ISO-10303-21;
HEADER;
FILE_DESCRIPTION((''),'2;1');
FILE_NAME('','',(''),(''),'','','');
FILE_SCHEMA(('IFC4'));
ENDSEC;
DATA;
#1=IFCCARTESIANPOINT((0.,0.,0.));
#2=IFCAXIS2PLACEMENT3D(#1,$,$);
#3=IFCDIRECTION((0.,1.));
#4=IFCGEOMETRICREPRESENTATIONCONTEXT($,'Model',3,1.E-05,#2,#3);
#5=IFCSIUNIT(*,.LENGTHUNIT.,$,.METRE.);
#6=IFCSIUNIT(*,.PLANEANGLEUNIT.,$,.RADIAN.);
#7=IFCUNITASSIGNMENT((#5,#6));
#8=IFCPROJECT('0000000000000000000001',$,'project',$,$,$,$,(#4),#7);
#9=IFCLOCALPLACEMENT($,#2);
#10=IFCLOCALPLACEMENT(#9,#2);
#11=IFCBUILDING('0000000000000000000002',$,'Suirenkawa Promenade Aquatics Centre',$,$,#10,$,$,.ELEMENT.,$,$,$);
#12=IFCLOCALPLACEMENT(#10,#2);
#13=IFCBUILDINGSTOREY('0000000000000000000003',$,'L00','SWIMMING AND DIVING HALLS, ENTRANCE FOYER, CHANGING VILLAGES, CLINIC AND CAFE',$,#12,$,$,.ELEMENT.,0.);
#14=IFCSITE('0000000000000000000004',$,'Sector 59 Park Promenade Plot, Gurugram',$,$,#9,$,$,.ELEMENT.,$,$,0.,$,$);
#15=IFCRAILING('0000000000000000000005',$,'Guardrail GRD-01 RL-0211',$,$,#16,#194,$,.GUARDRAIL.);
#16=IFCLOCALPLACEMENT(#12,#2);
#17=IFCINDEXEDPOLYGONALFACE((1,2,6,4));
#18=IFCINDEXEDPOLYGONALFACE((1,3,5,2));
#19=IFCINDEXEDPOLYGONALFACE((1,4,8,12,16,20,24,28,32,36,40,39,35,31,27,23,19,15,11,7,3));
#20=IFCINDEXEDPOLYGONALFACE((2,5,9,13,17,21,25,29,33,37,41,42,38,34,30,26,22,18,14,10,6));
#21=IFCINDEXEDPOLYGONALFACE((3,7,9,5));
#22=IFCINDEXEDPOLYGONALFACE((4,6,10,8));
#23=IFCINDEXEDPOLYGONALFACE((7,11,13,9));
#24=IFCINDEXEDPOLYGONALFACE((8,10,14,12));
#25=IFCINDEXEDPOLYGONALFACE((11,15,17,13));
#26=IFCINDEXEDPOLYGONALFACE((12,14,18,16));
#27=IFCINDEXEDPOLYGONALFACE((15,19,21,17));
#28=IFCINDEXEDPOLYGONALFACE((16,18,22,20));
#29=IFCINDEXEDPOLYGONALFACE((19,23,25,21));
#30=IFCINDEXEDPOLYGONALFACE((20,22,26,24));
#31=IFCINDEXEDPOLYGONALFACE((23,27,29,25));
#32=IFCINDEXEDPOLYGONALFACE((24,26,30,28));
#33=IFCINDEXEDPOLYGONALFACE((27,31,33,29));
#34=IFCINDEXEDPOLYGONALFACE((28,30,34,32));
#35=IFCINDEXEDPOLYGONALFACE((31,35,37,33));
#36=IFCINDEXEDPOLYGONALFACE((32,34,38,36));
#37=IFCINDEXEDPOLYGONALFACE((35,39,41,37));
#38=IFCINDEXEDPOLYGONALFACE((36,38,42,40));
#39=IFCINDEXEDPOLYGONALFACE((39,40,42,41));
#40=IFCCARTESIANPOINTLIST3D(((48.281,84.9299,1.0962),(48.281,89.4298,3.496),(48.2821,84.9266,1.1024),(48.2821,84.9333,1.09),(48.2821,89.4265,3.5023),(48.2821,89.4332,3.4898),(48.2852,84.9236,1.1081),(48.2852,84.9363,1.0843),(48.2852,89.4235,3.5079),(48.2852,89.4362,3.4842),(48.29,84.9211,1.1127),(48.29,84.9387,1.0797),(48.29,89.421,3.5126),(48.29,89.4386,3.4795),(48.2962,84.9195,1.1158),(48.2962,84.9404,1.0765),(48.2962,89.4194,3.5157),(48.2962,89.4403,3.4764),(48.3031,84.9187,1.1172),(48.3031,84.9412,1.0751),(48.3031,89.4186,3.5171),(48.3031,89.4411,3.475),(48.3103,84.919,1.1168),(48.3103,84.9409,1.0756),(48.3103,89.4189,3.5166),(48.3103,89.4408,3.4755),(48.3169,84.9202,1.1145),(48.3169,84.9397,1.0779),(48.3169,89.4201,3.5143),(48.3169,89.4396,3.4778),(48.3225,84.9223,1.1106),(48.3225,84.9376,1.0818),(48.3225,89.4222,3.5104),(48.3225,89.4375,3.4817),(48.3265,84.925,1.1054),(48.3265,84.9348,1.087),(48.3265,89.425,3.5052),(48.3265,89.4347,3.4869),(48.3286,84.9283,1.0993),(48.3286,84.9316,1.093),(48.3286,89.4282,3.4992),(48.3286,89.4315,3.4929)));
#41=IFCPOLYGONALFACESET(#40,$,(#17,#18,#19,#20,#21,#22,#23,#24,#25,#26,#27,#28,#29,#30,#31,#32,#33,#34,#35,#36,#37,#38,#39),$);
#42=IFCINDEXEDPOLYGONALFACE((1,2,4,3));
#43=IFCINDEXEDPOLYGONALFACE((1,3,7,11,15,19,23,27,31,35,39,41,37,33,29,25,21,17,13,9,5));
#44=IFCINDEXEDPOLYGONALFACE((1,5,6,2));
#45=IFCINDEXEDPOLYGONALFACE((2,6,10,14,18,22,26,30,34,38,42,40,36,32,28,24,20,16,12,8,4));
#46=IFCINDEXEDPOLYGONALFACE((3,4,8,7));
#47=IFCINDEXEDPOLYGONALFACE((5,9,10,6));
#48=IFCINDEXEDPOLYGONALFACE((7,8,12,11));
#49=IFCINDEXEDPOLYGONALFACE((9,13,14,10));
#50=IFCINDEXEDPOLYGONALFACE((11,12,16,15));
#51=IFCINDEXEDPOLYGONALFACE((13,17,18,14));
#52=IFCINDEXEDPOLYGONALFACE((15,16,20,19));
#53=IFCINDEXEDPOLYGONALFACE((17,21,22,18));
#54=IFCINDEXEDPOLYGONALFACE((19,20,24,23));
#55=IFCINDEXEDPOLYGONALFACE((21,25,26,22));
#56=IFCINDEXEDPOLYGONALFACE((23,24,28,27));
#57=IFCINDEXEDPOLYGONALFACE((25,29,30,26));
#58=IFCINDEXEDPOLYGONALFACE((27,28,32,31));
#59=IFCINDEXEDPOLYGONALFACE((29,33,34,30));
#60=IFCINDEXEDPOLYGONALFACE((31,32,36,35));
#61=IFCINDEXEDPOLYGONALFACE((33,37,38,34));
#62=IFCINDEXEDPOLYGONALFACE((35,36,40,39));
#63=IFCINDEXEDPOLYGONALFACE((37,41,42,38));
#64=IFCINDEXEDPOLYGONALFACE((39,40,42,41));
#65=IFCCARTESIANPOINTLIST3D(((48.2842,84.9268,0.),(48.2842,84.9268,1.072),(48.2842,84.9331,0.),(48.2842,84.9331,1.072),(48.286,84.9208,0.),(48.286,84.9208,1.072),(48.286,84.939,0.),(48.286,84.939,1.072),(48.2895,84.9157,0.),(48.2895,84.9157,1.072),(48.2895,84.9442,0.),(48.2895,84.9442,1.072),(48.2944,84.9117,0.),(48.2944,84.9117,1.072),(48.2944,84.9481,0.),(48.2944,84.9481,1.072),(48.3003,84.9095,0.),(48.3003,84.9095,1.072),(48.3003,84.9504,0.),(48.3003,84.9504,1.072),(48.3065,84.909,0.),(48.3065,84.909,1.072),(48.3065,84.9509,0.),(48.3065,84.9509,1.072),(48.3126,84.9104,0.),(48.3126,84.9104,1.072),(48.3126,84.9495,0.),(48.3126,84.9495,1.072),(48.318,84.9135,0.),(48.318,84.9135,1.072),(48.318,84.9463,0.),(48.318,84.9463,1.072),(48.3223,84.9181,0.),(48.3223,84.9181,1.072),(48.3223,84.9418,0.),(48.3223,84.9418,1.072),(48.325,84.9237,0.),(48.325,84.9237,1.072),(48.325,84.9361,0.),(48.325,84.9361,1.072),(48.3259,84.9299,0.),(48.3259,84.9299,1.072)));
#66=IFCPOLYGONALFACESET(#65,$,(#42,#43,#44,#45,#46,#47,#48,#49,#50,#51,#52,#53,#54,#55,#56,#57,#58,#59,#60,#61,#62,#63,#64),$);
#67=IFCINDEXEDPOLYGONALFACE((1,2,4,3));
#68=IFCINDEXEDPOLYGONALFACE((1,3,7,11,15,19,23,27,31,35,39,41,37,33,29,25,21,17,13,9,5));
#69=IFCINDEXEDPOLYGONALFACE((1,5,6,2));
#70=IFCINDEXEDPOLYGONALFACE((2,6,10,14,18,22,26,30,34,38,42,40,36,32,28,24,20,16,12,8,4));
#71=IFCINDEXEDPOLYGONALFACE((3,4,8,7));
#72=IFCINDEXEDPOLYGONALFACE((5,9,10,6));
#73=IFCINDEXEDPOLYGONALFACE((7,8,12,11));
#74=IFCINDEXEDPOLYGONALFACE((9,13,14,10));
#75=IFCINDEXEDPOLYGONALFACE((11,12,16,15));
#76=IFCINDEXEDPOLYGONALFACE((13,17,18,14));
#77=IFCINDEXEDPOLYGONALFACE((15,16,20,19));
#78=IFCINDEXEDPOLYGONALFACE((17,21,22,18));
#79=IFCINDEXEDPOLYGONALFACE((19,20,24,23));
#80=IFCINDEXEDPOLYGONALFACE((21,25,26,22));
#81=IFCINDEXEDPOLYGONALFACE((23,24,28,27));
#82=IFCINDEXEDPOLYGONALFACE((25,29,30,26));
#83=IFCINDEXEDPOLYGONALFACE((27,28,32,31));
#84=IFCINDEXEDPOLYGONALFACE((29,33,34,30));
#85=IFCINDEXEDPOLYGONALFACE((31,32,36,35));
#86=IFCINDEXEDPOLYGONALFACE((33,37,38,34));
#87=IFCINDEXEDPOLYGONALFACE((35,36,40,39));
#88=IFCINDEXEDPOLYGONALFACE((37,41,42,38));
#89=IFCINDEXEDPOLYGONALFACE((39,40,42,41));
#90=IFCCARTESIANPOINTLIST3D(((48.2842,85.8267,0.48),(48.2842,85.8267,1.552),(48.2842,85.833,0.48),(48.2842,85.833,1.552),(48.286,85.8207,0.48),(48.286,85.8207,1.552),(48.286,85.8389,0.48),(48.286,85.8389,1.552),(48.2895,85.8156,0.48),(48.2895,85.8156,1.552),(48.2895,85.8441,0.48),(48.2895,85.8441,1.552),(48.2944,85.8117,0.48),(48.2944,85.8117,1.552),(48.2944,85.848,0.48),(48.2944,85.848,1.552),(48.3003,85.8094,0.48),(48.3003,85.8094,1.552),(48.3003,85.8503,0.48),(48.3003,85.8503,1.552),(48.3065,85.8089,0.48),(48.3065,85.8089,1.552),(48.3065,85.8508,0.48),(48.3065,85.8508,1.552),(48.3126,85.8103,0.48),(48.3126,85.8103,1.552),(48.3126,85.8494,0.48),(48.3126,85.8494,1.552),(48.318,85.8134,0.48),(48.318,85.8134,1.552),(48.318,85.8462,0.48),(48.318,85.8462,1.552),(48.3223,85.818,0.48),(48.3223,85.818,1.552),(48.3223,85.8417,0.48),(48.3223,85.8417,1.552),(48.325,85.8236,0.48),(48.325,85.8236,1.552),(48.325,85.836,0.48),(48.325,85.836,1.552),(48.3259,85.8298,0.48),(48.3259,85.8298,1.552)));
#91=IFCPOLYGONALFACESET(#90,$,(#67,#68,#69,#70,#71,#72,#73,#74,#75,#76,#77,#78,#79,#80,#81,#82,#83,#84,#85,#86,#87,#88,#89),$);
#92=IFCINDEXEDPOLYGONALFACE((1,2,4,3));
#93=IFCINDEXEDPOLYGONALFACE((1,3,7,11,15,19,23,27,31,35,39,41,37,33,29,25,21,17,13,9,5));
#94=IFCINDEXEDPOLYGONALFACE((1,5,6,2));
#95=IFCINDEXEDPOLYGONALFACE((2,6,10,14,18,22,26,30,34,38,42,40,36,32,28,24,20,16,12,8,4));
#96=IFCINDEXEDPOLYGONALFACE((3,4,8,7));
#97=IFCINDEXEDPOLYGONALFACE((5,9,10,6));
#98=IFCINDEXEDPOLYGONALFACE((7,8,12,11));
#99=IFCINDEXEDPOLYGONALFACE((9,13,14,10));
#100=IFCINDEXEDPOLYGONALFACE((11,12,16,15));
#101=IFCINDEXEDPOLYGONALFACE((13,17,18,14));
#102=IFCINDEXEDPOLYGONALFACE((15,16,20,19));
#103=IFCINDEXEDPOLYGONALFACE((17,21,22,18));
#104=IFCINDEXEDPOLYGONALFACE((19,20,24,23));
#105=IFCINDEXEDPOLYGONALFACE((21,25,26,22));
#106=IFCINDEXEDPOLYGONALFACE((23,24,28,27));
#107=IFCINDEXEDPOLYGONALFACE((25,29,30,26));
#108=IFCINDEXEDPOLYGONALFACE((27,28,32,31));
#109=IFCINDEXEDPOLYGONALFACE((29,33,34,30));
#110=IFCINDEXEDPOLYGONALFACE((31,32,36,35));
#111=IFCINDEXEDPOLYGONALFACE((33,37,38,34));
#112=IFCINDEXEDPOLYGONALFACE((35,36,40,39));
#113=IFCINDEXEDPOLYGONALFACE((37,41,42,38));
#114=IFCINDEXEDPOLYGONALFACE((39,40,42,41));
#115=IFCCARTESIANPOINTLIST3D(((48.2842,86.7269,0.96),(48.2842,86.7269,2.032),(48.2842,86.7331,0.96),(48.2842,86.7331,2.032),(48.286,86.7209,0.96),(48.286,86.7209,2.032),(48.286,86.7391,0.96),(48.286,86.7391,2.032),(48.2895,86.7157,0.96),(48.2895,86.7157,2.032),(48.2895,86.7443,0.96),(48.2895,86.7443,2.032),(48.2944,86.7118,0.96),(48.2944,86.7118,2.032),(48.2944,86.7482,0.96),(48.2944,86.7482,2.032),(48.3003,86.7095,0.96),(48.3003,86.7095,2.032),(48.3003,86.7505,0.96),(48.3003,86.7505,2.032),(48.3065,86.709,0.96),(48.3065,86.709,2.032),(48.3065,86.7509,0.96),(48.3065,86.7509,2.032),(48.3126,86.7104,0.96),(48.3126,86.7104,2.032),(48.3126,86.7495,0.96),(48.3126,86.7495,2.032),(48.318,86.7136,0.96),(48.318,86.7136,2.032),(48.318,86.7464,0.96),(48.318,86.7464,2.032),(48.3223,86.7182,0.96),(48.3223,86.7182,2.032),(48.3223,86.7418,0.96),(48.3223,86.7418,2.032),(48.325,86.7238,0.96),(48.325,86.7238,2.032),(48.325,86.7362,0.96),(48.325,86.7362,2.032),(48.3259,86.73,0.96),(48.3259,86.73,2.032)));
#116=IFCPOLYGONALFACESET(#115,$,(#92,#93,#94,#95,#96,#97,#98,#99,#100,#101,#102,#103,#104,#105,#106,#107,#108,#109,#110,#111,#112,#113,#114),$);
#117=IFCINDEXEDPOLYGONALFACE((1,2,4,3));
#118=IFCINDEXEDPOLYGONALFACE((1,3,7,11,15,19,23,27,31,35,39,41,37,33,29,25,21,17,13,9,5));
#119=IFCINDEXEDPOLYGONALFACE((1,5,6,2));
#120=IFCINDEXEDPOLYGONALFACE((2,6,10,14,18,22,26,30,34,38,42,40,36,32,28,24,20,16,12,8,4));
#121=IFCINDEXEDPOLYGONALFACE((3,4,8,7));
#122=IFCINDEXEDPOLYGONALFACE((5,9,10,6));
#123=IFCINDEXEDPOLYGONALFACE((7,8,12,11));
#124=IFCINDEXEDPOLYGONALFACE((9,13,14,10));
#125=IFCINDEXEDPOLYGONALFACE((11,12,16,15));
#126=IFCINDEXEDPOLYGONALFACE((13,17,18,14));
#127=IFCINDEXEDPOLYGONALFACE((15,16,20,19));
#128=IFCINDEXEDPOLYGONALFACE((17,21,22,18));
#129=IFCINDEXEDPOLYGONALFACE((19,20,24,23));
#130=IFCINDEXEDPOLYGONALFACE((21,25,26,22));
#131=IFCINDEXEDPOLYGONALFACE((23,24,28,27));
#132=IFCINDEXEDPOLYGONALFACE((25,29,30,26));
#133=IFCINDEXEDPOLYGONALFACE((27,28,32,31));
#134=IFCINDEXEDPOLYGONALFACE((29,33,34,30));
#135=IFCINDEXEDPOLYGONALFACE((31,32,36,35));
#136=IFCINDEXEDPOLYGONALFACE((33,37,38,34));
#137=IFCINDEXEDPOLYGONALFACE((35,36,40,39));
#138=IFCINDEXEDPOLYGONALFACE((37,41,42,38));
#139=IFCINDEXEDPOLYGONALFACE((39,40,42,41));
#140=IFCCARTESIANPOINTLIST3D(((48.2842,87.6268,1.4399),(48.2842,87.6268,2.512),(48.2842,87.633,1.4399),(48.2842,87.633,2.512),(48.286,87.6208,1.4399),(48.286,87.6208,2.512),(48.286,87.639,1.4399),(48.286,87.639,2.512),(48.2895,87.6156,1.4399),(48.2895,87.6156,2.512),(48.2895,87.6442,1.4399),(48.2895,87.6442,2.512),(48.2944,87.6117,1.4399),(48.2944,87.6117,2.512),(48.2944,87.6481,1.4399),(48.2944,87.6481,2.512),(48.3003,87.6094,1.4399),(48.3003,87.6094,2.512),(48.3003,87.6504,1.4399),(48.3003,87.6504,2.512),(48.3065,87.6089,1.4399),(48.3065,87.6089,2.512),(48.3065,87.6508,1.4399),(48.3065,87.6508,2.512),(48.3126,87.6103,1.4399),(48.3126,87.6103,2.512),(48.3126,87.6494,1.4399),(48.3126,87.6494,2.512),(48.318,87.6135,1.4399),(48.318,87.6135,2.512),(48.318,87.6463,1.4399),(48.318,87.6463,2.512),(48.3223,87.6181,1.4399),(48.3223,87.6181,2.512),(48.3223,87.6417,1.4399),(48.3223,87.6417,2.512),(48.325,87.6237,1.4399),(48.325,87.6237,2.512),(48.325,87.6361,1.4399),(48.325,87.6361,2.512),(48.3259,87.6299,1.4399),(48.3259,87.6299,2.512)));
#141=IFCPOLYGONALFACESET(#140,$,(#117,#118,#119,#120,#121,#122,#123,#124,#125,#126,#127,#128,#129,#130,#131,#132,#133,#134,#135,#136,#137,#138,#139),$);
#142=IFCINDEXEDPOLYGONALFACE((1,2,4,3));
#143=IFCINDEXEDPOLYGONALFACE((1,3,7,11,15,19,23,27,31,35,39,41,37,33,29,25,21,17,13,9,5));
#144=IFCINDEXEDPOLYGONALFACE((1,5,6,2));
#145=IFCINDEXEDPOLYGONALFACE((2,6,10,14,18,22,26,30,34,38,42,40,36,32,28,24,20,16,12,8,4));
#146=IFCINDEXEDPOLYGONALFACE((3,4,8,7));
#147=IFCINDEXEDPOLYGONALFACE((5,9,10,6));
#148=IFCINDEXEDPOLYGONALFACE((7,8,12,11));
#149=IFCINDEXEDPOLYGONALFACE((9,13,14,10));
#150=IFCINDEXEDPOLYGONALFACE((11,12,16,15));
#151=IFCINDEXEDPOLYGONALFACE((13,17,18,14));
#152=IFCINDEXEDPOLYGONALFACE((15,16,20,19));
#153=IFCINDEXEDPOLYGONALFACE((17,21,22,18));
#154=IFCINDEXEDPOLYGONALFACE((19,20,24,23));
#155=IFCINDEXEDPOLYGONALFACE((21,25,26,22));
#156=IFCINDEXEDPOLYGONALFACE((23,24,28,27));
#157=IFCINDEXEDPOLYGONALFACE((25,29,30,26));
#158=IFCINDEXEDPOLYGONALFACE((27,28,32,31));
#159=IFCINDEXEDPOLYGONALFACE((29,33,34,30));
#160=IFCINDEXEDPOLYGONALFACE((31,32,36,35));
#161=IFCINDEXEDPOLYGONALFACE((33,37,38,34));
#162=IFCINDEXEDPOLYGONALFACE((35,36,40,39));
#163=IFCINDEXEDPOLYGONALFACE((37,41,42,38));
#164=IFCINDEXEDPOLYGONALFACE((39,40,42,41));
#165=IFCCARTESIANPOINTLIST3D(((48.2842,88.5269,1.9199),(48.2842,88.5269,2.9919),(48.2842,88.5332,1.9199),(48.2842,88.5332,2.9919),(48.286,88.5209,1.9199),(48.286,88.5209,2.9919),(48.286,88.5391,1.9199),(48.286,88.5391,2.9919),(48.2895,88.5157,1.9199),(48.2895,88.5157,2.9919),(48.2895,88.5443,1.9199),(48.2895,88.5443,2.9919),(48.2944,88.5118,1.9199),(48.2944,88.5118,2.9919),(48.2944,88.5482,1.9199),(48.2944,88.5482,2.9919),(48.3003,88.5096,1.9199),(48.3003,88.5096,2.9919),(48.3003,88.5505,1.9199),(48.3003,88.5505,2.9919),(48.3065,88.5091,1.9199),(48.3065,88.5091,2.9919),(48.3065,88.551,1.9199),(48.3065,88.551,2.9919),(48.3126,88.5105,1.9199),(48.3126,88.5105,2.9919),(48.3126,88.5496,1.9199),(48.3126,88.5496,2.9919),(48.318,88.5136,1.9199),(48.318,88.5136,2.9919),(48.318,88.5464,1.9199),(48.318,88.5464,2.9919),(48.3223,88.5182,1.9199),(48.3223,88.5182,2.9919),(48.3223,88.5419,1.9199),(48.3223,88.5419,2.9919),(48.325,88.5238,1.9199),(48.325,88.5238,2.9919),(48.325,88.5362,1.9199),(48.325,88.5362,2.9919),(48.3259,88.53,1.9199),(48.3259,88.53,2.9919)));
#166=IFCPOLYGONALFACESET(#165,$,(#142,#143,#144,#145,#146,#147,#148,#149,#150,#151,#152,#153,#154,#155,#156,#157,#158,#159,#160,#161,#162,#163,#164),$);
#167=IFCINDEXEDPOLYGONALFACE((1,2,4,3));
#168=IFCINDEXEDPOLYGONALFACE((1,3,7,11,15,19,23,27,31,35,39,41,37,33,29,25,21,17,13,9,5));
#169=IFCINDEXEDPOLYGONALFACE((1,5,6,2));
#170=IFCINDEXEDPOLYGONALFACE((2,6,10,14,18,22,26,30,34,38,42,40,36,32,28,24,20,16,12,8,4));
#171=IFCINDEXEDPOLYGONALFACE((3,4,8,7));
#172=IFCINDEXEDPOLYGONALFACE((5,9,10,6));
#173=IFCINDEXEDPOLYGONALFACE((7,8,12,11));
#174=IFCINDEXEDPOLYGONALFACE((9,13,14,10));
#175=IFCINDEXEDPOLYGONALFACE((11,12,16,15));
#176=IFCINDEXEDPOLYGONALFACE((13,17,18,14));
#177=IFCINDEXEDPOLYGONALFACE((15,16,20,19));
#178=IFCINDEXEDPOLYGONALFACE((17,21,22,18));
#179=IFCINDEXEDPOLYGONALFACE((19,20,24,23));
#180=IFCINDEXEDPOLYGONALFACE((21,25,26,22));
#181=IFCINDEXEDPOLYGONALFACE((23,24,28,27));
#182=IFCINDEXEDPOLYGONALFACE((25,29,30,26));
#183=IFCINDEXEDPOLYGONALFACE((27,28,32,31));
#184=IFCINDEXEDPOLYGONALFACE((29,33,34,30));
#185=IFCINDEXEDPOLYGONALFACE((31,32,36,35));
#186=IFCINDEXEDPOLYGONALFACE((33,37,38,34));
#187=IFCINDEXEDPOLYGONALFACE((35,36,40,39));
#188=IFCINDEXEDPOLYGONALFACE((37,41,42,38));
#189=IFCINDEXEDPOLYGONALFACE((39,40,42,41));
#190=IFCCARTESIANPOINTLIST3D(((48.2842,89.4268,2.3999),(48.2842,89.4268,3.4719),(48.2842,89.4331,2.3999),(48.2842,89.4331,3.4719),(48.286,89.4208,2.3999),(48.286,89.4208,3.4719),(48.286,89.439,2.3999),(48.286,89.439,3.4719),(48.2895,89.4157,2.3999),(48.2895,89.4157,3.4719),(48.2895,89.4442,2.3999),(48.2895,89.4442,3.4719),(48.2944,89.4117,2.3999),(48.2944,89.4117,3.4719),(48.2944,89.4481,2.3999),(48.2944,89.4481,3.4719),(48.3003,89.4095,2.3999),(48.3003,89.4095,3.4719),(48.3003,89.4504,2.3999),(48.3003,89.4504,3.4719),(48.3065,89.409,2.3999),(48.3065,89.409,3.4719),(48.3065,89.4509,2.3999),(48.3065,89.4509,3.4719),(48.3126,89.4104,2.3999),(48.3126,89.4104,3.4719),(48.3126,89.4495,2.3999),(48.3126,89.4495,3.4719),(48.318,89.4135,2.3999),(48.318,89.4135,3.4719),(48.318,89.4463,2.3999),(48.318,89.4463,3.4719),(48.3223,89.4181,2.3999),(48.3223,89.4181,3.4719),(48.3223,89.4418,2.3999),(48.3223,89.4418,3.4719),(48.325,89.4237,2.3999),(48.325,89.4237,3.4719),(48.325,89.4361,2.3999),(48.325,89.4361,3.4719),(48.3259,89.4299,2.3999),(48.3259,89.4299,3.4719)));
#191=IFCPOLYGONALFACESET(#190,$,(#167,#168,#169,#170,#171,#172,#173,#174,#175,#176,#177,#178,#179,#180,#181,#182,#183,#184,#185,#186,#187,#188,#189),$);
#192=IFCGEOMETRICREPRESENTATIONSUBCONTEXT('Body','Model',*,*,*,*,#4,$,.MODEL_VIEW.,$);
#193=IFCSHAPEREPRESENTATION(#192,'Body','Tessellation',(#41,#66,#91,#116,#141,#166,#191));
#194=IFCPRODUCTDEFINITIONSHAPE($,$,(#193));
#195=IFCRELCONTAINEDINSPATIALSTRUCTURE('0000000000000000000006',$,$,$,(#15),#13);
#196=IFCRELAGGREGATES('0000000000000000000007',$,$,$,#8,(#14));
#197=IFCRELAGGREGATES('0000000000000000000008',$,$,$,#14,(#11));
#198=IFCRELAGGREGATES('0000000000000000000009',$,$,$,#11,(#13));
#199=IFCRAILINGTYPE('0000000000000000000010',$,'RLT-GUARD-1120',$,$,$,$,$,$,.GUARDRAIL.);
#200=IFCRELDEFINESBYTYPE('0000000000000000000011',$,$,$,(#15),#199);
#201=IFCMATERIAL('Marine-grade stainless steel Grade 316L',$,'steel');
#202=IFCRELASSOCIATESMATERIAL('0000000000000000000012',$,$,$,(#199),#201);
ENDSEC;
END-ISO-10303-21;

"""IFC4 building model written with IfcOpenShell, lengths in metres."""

from ifc_helpers import new_model, si_unit, direction, frame, origin, origin_2d, place, context, subcontext, project, spatial, circle, extrude, material, type_object, element, save


model = new_model("IFC4")

# Units and contexts
model_context = context("Model", 3, precision=1e-05, world=origin(), true_north=direction((0.0, 1.0)))
body_context = subcontext(model_context, "Body", "Model", "MODEL_VIEW")
ifc_project = project(units=[si_unit("LENGTHUNIT", "METRE"), si_unit("PLANEANGLEUNIT", "RADIAN")], contexts=[model_context])

# Site, building, storey
site_placement = place(None, origin())
site = spatial("IfcSite", under=ifc_project, at=site_placement, Name="Sector 59 Park Promenade Plot, Gurugram", CompositionType="ELEMENT", RefElevation=0.0)
building_placement = place(site_placement, origin())
building = spatial("IfcBuilding", under=site, at=building_placement, Name="Suirenkawa Promenade Aquatics Centre", CompositionType="ELEMENT")
storey_placement = place(building_placement, origin())
storey = spatial("IfcBuildingStorey", under=building, at=storey_placement, Name="L00", Description="SWIMMING AND DIVING HALLS, ENTRANCE FOYER, CHANGING VILLAGES, CLINIC AND CAFE", CompositionType="ELEMENT", Elevation=0.0)

# Railing
ifc_material_1 = material(Name="Marine-grade stainless steel Grade 316L", Category="steel")
railing_type_1 = type_object("IfcRailingType", Name="RLT-GUARD-1120", PredefinedType="GUARDRAIL", material=ifc_material_1)
for number, where, name in (
    (1, (48.3049, 84.9299, 0.0), "Guardrail GRD-01 RL-0211"),
):
    element("IfcRailing", number, at=place(storey_placement, frame(where)), inside=storey, type_object=railing_type_1, Name=name, PredefinedType="GUARDRAIL", context=body_context, shape_type="SweptSolid", body=[
        extrude(circle(Radius=0.0239, at=origin_2d()), frame((0.0, 0.0, 1.0962), z_axis=(0.0, 0.882361, 0.470573), x_axis=(-1.0, 0.0, 0.0)), (0.0, 0.0, 1.0), 5.0999),
        extrude(circle(Radius=0.021, at=origin_2d()), origin(), (0.0, 0.0, 1.0), 1.072),
        extrude(circle(Radius=0.021, at=origin_2d()), frame((0.0, 0.8999, 0.48)), (0.0, 0.0, 1.0), 1.072),
        extrude(circle(Radius=0.021, at=origin_2d()), frame((0.0, 1.8, 0.96)), (0.0, 0.0, 1.0), 1.072),
        extrude(circle(Radius=0.021, at=origin_2d()), frame((0.0, 2.7, 1.4399)), (0.0, 0.0, 1.0), 1.072),
        extrude(circle(Radius=0.021, at=origin_2d()), frame((0.0, 3.6001, 1.9199)), (0.0, 0.0, 1.0), 1.072),
        extrude(circle(Radius=0.021, at=origin_2d()), frame((0.0, 4.5, 2.3999)), (0.0, 0.0, 1.0), 1.072),
    ])

save(model, "model.ifc")
